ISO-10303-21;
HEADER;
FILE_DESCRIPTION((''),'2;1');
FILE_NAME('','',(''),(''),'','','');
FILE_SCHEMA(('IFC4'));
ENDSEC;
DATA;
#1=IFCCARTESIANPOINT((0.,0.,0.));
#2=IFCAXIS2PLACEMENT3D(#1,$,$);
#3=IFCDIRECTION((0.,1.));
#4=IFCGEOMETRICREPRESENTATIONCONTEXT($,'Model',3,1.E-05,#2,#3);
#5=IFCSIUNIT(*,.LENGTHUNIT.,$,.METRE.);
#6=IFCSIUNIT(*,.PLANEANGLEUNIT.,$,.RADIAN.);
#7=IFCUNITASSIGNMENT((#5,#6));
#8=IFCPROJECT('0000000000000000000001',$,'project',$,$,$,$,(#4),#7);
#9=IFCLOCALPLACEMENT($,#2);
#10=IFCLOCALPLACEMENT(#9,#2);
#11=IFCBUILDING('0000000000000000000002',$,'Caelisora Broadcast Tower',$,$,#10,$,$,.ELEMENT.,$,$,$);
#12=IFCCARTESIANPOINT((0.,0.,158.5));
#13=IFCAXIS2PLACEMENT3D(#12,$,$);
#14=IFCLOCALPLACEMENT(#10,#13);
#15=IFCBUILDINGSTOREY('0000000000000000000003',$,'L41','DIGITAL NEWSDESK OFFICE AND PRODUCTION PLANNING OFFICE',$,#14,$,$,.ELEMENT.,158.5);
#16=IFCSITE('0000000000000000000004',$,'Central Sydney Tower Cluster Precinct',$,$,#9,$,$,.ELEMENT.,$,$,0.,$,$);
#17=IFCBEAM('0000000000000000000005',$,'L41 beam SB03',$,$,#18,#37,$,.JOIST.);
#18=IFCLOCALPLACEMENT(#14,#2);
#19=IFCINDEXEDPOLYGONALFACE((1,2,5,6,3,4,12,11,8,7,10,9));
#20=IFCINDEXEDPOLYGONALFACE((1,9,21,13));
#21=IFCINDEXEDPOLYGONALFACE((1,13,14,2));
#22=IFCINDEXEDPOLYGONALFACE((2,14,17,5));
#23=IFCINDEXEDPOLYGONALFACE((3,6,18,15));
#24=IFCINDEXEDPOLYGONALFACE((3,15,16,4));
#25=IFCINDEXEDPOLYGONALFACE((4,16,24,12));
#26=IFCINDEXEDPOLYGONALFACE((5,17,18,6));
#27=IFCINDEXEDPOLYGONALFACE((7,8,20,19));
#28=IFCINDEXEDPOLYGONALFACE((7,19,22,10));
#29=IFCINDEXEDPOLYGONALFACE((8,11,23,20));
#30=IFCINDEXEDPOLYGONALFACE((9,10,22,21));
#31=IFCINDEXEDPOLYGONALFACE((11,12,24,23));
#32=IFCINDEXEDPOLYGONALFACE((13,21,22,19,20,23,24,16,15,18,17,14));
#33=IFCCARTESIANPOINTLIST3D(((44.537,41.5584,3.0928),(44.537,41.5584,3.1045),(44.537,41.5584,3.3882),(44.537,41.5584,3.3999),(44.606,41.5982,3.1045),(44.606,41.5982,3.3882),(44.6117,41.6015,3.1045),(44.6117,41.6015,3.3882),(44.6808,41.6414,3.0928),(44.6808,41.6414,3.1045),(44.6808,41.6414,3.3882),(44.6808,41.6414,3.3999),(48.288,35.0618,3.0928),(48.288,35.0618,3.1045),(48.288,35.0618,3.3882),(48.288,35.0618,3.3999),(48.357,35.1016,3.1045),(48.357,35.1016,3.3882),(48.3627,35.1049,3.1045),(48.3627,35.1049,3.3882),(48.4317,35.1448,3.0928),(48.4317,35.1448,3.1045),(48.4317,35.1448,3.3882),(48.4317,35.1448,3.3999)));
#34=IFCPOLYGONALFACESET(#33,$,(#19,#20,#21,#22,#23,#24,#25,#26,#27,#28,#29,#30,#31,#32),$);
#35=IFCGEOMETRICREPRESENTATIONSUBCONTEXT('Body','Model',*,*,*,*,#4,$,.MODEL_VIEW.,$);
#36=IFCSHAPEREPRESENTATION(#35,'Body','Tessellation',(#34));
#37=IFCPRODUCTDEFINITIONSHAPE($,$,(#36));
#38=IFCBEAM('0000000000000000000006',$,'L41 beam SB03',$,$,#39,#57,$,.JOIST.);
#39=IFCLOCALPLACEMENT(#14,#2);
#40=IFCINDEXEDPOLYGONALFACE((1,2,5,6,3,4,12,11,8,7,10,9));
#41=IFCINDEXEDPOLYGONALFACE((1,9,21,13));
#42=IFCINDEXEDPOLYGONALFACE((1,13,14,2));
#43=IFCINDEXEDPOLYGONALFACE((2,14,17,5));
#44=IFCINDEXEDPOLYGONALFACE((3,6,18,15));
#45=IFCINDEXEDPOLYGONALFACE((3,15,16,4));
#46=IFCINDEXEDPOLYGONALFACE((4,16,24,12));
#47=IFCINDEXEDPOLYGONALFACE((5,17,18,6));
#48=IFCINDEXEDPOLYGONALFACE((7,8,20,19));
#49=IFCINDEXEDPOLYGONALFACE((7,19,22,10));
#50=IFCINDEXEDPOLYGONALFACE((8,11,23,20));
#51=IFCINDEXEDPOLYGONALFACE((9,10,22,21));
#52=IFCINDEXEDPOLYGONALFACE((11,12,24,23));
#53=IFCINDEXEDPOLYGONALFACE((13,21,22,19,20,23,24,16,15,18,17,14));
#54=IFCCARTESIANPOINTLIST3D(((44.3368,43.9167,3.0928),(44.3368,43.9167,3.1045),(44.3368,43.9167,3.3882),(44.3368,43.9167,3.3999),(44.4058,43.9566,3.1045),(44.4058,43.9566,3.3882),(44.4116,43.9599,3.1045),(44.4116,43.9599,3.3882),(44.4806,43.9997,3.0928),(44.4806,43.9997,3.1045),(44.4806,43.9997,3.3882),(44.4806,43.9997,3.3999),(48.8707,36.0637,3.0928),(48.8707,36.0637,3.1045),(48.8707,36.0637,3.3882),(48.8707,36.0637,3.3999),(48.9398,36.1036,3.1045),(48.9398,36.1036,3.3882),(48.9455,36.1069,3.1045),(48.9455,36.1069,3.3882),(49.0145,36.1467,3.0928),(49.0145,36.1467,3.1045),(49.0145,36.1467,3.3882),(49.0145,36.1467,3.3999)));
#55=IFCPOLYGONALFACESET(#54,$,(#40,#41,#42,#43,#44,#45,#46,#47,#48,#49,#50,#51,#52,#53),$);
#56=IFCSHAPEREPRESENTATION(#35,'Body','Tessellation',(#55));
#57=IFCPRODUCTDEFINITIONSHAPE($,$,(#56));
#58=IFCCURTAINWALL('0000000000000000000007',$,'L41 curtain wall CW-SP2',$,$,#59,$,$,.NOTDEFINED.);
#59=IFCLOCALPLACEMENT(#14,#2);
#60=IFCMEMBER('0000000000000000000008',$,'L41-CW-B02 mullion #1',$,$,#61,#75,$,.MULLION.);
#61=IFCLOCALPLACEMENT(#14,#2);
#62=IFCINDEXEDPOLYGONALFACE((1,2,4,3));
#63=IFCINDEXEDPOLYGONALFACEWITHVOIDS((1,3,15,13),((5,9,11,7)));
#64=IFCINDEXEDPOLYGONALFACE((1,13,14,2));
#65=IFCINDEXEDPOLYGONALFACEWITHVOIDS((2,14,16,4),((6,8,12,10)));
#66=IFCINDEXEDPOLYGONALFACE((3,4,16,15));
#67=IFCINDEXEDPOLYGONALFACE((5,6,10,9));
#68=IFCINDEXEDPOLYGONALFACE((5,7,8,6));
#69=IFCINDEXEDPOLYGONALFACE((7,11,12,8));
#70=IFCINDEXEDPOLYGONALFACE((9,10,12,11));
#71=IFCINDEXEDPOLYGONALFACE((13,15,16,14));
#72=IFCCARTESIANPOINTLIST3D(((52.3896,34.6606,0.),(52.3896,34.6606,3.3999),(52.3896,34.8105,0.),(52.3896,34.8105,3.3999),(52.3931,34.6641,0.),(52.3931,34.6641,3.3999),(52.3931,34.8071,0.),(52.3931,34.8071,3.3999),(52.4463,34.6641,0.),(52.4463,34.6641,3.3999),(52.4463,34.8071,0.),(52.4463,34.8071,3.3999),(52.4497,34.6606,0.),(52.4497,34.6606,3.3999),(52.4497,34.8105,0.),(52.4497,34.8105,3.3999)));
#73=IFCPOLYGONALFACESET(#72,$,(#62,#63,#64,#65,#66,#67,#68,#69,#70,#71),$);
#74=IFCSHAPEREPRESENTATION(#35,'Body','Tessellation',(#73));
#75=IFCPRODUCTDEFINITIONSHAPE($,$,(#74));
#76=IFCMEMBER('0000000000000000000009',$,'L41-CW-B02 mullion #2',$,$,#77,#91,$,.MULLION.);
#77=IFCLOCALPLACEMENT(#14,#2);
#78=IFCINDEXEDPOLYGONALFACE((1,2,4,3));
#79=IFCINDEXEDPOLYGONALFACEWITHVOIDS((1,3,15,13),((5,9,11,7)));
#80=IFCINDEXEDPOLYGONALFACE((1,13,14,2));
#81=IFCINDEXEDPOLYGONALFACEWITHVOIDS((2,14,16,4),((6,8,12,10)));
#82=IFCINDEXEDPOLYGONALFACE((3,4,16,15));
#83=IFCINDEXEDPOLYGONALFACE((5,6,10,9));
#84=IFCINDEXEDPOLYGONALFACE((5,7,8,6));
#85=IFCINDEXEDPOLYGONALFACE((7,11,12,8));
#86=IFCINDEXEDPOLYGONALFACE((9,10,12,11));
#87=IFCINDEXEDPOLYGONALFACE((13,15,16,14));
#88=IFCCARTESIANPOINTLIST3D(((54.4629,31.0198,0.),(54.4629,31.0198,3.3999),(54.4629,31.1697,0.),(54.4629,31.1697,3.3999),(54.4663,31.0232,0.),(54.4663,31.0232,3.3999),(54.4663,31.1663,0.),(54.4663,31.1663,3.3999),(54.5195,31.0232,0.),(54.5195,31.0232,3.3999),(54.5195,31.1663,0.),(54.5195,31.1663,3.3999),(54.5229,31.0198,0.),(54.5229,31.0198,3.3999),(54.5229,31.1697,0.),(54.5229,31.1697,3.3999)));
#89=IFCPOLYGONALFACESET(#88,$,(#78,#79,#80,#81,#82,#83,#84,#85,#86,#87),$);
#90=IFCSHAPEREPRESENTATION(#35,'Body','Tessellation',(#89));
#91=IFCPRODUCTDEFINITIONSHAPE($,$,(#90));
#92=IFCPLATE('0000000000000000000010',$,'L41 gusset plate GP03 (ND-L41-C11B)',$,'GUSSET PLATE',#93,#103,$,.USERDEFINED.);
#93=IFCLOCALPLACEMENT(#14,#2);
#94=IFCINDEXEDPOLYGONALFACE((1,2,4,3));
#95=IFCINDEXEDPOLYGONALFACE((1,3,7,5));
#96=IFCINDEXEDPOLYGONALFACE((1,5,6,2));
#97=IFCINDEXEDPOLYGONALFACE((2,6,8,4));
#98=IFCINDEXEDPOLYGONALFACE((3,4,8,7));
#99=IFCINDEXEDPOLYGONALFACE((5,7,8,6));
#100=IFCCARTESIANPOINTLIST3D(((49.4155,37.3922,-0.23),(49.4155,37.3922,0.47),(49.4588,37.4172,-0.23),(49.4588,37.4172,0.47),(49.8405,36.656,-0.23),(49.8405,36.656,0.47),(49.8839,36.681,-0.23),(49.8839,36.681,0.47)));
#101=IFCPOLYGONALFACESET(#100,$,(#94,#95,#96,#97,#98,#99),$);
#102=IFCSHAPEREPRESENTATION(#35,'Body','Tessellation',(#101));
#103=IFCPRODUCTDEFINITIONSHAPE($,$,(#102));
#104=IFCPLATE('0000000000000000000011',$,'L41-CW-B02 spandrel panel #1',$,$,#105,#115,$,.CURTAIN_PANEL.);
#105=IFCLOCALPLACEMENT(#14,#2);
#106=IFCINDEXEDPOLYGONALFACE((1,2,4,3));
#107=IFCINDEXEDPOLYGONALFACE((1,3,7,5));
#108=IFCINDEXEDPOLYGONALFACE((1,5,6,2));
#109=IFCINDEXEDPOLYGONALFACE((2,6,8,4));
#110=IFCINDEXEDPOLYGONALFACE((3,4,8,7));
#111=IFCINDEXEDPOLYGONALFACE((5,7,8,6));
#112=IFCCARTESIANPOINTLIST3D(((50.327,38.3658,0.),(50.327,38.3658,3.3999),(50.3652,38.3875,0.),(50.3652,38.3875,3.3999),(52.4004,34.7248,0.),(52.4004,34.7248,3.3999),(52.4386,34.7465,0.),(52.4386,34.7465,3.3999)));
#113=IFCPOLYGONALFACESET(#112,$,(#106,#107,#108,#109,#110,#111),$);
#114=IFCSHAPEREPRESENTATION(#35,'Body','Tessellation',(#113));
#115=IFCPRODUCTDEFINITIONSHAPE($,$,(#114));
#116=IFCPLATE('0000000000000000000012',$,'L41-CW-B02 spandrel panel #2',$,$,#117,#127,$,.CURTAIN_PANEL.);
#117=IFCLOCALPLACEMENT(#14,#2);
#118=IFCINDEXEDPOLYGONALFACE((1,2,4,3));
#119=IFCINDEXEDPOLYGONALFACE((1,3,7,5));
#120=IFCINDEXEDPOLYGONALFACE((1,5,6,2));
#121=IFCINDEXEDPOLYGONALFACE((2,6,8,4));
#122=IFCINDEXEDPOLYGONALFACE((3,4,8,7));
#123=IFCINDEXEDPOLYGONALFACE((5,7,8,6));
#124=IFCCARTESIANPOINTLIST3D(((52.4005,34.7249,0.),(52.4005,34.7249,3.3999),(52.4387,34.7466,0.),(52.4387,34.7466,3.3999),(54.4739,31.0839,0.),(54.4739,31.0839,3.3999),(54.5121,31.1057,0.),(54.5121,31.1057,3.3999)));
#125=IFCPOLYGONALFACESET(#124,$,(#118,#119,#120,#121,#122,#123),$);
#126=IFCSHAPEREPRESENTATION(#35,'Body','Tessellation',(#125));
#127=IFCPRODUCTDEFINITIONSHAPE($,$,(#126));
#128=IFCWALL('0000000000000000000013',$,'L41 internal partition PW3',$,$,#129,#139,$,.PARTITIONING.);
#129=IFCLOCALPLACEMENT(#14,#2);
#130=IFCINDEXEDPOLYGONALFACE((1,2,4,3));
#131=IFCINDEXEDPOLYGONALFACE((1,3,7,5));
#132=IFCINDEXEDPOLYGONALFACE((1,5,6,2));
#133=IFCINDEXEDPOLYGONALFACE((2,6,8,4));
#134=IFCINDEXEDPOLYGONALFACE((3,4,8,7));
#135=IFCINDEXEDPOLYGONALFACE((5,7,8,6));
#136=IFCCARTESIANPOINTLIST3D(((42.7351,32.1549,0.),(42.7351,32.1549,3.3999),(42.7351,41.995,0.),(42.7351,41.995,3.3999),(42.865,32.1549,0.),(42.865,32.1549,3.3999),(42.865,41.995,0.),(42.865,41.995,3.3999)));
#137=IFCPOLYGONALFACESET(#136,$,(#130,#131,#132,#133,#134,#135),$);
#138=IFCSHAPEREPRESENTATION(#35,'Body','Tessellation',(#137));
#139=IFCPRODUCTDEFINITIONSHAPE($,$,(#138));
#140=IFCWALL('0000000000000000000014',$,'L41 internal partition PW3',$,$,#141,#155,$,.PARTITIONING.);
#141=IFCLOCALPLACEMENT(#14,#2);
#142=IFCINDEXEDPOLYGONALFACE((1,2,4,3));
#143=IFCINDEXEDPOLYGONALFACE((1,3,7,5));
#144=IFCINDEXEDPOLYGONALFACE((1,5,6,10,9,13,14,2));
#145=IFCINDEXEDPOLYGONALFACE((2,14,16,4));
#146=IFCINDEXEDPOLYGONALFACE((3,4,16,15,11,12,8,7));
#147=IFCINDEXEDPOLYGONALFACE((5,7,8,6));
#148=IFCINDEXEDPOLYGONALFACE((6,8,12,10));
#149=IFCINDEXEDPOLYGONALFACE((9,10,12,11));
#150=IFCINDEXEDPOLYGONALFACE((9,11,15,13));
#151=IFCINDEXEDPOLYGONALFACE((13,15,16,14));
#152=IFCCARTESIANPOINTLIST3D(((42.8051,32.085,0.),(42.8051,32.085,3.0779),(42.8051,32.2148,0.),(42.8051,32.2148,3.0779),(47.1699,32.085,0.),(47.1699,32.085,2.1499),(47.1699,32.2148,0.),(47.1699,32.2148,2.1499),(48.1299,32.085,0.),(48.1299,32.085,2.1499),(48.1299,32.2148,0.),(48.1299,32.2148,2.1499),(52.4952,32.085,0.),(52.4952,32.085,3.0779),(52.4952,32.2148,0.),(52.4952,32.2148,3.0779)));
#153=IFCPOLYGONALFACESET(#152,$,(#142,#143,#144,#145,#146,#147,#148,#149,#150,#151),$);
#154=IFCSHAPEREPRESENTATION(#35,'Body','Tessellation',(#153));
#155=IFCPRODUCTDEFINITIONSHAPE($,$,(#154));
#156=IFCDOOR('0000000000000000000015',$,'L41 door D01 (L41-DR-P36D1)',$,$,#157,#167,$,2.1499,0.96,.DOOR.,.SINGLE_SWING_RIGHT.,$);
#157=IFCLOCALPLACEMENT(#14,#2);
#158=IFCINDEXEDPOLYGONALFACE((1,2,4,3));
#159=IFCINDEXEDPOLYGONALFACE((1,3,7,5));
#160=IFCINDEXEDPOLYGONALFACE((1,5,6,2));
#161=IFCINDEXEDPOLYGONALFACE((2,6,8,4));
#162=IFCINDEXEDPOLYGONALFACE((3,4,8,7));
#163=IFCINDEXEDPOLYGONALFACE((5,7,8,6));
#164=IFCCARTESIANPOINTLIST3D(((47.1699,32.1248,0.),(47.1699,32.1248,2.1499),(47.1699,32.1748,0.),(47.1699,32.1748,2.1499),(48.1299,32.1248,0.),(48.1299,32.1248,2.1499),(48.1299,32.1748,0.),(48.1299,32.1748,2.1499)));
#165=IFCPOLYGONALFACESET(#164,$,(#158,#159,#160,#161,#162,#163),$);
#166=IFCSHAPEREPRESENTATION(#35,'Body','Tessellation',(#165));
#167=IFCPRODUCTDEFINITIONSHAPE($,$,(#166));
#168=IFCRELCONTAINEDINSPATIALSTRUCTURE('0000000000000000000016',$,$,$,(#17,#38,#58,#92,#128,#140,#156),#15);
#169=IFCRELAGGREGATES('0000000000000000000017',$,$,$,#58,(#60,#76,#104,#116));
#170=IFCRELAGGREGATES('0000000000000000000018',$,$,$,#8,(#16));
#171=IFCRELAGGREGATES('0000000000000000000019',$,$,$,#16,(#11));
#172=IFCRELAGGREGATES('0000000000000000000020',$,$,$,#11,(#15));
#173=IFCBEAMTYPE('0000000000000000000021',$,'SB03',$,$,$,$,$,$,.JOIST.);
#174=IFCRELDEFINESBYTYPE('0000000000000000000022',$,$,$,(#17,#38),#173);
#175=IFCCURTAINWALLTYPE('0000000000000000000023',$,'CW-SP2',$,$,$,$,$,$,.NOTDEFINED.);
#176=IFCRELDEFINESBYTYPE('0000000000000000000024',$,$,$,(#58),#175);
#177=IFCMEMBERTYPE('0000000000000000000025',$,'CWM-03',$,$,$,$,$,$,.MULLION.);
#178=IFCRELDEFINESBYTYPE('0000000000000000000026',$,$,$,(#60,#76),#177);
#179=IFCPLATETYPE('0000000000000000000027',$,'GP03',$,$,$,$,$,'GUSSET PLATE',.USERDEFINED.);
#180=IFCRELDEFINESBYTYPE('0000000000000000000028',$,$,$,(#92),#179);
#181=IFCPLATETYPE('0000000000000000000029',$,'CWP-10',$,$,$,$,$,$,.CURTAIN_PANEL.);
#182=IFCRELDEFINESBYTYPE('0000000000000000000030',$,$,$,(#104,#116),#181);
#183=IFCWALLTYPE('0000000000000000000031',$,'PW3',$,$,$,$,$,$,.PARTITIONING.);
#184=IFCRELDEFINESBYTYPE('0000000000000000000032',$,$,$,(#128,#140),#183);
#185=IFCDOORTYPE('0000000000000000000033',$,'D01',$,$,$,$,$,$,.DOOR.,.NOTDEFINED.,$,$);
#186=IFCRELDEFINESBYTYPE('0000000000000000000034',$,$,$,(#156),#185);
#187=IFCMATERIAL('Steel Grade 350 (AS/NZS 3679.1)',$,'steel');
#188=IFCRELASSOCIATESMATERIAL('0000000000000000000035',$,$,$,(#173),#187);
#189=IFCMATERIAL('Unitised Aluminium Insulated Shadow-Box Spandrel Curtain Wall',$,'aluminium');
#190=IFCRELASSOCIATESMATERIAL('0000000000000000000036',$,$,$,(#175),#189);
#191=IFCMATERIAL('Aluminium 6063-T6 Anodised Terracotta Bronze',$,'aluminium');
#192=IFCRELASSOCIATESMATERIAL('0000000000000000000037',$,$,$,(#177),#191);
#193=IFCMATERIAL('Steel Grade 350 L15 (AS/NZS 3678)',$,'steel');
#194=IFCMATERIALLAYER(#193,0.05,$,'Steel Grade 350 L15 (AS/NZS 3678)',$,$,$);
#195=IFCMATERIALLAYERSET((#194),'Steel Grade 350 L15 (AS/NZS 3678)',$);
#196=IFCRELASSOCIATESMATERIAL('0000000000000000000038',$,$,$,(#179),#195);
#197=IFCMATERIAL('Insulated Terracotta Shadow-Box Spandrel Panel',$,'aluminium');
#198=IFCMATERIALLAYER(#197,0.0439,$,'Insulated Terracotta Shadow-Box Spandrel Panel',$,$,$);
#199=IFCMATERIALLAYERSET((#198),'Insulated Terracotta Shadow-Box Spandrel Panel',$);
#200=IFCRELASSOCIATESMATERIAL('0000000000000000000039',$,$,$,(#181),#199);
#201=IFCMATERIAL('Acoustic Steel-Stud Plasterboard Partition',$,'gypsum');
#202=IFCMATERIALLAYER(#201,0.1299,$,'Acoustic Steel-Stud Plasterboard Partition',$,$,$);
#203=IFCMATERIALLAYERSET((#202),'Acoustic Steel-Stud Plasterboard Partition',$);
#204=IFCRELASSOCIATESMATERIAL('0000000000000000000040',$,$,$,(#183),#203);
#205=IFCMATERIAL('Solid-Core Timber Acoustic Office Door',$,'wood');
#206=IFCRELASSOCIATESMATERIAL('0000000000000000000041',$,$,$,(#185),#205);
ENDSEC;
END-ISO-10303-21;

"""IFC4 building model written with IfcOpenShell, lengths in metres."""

from ifc_helpers import new_model, si_unit, direction, frame, frame_2d, origin, origin_2d, place, context, subcontext, project, spatial, rectangle, hollow_rectangle, i_section, extrude, source, transform, mapped, material, layer, layer_set, material_profile, profile_set, type_object, type_shapes, element, fill, aggregate, save


model = new_model("IFC4")

# Units and contexts
model_context = context("Model", 3, precision=1e-05, world=origin(), true_north=direction((0.0, 1.0)))
body_context = subcontext(model_context, "Body", "Model", "MODEL_VIEW")
ifc_project = project(units=[si_unit("LENGTHUNIT", "METRE"), si_unit("PLANEANGLEUNIT", "RADIAN")], contexts=[model_context])

# Site, building, storey
site_placement = place(None, origin())
site = spatial("IfcSite", under=ifc_project, at=site_placement, Name="Central Sydney Tower Cluster Precinct", CompositionType="ELEMENT", RefElevation=0.0)
building_placement = place(site_placement, origin())
building = spatial("IfcBuilding", under=site, at=building_placement, Name="Caelisora Broadcast Tower", CompositionType="ELEMENT")
storey_placement = place(building_placement, frame((0.0, 0.0, 158.5)))
storey = spatial("IfcBuildingStorey", under=building, at=storey_placement, Name="L41", Description="DIGITAL NEWSDESK OFFICE AND PRODUCTION PLANNING OFFICE", CompositionType="ELEMENT", Elevation=158.5)

# Shared definitions
ifc_material_1 = material(Name="Steel Grade 350 L15 (AS/NZS 3678)", Category="steel")

# Beams
ifc_material_2 = material(Name="Steel Grade 350 (AS/NZS 3679.1)", Category="steel")
ifc_material_profile_1 = material_profile(ifc_material_2, i_section(OverallWidth=0.166, OverallDepth=0.3071, WebThickness=0.0066, FlangeThickness=0.0117, at=origin_2d()), Name="Steel Grade 350 (AS/NZS 3679.1)")
ifc_profile_set_1 = profile_set([ifc_material_profile_1], Name="Steel Grade 350 (AS/NZS 3679.1)")
beam_type_1 = type_object("IfcBeamType", Name="SB03", PredefinedType="JOIST", material=ifc_profile_set_1)
shared_shape_1 = source(origin(), body_context, "Body", "SweptSolid", [
    extrude(i_section(OverallWidth=0.166, OverallDepth=0.3071, WebThickness=0.0066, FlangeThickness=0.0117, at=origin_2d()), origin(), (0.0, 0.0, 1.0), 7.5017),
])
beam_1_placement = place(storey_placement, frame((48.3599, 35.1033, 3.2463), z_axis=(-0.500017, 0.866015, 0.0), x_axis=(-0.866015, -0.500017, 0.0)))
element("IfcBeam", 1, at=beam_1_placement, inside=storey, type_object=beam_type_1, Name="L41 beam SB03", PredefinedType="JOIST", context=body_context, shape_type="MappedRepresentation", body=[
    mapped(shared_shape_1, transform((0.0, 0.0, 0.0), scale=1.0)),
])
shared_shape_2 = source(origin(), body_context, "Body", "SweptSolid", [
    extrude(i_section(OverallWidth=0.166, OverallDepth=0.3071, WebThickness=0.0066, FlangeThickness=0.0117, at=origin_2d()), origin(), (0.0, 0.0, 1.0), 9.0679),
])
beam_2_placement = place(storey_placement, frame((48.9426, 36.1052, 3.2463), z_axis=(-0.499999, 0.866026, 0.0), x_axis=(-0.866026, -0.499999, 0.0)))
element("IfcBeam", 2, at=beam_2_placement, inside=storey, type_object=beam_type_1, Name="L41 beam SB03", PredefinedType="JOIST", context=body_context, shape_type="MappedRepresentation", body=[
    mapped(shared_shape_2, transform((0.0, 0.0, 0.0), scale=1.0)),
])

# Curtain wall, members
ifc_material_3 = material(Name="Unitised Aluminium Insulated Shadow-Box Spandrel Curtain Wall", Category="aluminium")
curtain_wall_type = type_object("IfcCurtainWallType", Name="CW-SP2", PredefinedType="NOTDEFINED", material=ifc_material_3)
curtain_wall_placement = place(storey_placement, origin())
curtain_wall = element("IfcCurtainWall", 3, at=curtain_wall_placement, inside=storey, type_object=curtain_wall_type, Name="L41 curtain wall CW-SP2", PredefinedType="NOTDEFINED")
ifc_material_4 = material(Name="Aluminium 6063-T6 Anodised Terracotta Bronze", Category="aluminium")
ifc_material_profile_2 = material_profile(ifc_material_4, hollow_rectangle(XDim=0.0601, YDim=0.1499, WallThickness=0.0034, at=origin_2d()), Name="Aluminium 6063-T6 Anodised Terracotta Bronze")
ifc_profile_set_2 = profile_set([ifc_material_profile_2], Name="Aluminium 6063-T6 Anodised Terracotta Bronze")
member_type = type_object("IfcMemberType", Name="CWM-03", PredefinedType="MULLION", material=ifc_profile_set_2)
shared_shape_3 = source(origin(), body_context, "Body", "SweptSolid", [
    extrude(hollow_rectangle(XDim=0.0601, YDim=0.1499, WallThickness=0.0034, at=origin_2d()), origin(), (0.0, 0.0, 1.0), 3.3999),
])
type_shapes(member_type, [shared_shape_3])
member_1_placement = place(storey_placement, frame((52.4197, 34.7356, 0.0), z_axis=(0.0, 0.0, 1.0), x_axis=(1.0, 0.0, 0.0)))
member_1 = element("IfcMember", 4, at=member_1_placement, type_object=member_type, Name="L41-CW-B02 mullion #1", PredefinedType="MULLION", context=body_context, shape_type="MappedRepresentation", body=[
    mapped(shared_shape_3, transform((0.0, 0.0, 0.0), scale=1.0)),
])
member_2_placement = place(storey_placement, frame((54.4929, 31.0947, 0.0), z_axis=(0.0, 0.0, 1.0), x_axis=(1.0, 0.0, 0.0)))
member_2 = element("IfcMember", 5, at=member_2_placement, type_object=member_type, Name="L41-CW-B02 mullion #2", PredefinedType="MULLION", context=body_context, shape_type="MappedRepresentation", body=[
    mapped(shared_shape_3, transform((0.0, 0.0, 0.0), scale=1.0)),
])

# Plates
ifc_layer_1 = layer(ifc_material_1, 0.05, Name="Steel Grade 350 L15 (AS/NZS 3678)")
ifc_layer_set_1 = layer_set([ifc_layer_1], Name="Steel Grade 350 L15 (AS/NZS 3678)")
plate_type_1 = type_object("IfcPlateType", Name="GP03", ElementType="GUSSET PLATE", PredefinedType="USERDEFINED", material=ifc_layer_set_1)
shared_shape_4 = source(origin(), body_context, "Body", "SweptSolid", [
    extrude(rectangle(XDim=0.8501, YDim=0.05, at=origin_2d()), origin(), (0.0, 0.0, 1.0), 0.7),
])
type_shapes(plate_type_1, [shared_shape_4])
plate_1_placement = place(storey_placement, frame((49.6497, 37.0366, -0.23), z_axis=(0.0, 0.0, 1.0), x_axis=(-0.5, 0.866025, 0.0)))
element("IfcPlate", 6, at=plate_1_placement, inside=storey, type_object=plate_type_1, Name="L41 gusset plate GP03 (ND-L41-C11B)", ObjectType="GUSSET PLATE", PredefinedType="USERDEFINED", context=body_context, shape_type="MappedRepresentation", body=[
    mapped(shared_shape_4, transform((0.0, 0.0, 0.0), scale=1.0)),
])
ifc_material_5 = material(Name="Insulated Terracotta Shadow-Box Spandrel Panel", Category="aluminium")
ifc_layer_2 = layer(ifc_material_5, 0.0439, Name="Insulated Terracotta Shadow-Box Spandrel Panel")
ifc_layer_set_2 = layer_set([ifc_layer_2], Name="Insulated Terracotta Shadow-Box Spandrel Panel")
plate_type_2 = type_object("IfcPlateType", Name="CWP-10", PredefinedType="CURTAIN_PANEL", material=ifc_layer_set_2)
shared_shape_5 = source(origin(), body_context, "Body", "SweptSolid", [
    extrude(rectangle(XDim=4.1899, YDim=0.0439, at=origin_2d()), origin(), (0.0, 0.0, 1.0), 3.3999),
])
type_shapes(plate_type_2, [shared_shape_5])
plate_2_placement = place(storey_placement, frame((51.3828, 36.5562, 0.0), z_axis=(0.0, 0.0, 1.0), x_axis=(0.494852, -0.868977, 0.0)))
plate_2 = element("IfcPlate", 7, at=plate_2_placement, type_object=plate_type_2, Name="L41-CW-B02 spandrel panel #1", PredefinedType="CURTAIN_PANEL", context=body_context, shape_type="MappedRepresentation", body=[
    mapped(shared_shape_5, transform((0.0, 0.0, 0.0), scale=1.0)),
])
plate_3_placement = place(storey_placement, frame((53.4563, 32.9153, 0.0), z_axis=(0.0, 0.0, 1.0), x_axis=(0.494852, -0.868977, 0.0)))
plate_3 = element("IfcPlate", 8, at=plate_3_placement, type_object=plate_type_2, Name="L41-CW-B02 spandrel panel #2", PredefinedType="CURTAIN_PANEL", context=body_context, shape_type="MappedRepresentation", body=[
    mapped(shared_shape_5, transform((0.0, 0.0, 0.0), scale=1.0)),
])
aggregate(curtain_wall, [member_1, member_2, plate_2, plate_3])

# Wall
ifc_material_6 = material(Name="Acoustic Steel-Stud Plasterboard Partition", Category="gypsum")
ifc_layer_3 = layer(ifc_material_6, 0.1299, Name="Acoustic Steel-Stud Plasterboard Partition")
ifc_layer_set_3 = layer_set([ifc_layer_3], Name="Acoustic Steel-Stud Plasterboard Partition")
wall_type = type_object("IfcWallType", Name="PW3", PredefinedType="PARTITIONING", material=ifc_layer_set_3)
wall_1_placement = place(storey_placement, frame((42.8, 32.155, 0.0), z_axis=(0.0, 0.0, 1.0), x_axis=(0.0, 1.0, 0.0)))
element("IfcWall", 9, at=wall_1_placement, inside=storey, type_object=wall_type, Name="L41 internal partition PW3", PredefinedType="PARTITIONING", context=body_context, shape_type="SweptSolid", body=[
    extrude(rectangle(XDim=9.8401, YDim=0.1299, at=frame_2d((4.9199, 0.0))), origin(), (0.0, 0.0, 1.0), 3.3999),
])

# Wall, opening, door
wall_2_placement = place(storey_placement, frame((42.8049, 32.1499, 0.0), z_axis=(0.0, 0.0, 1.0), x_axis=(1.0, 0.0, 0.0)))
wall_2 = element("IfcWall", 10, at=wall_2_placement, inside=storey, type_object=wall_type, Name="L41 internal partition PW3", PredefinedType="PARTITIONING", context=body_context, shape_type="SweptSolid", body=[
    extrude(rectangle(XDim=9.6902, YDim=0.1299, at=frame_2d((4.8452, 0.0))), origin(), (0.0, 0.0, 1.0), 3.0779),
])
opening_placement = place(wall_2_placement, frame((4.365, 0.0, 0.0)))
opening = element("IfcOpeningElement", 11, at=opening_placement, cuts=wall_2, PredefinedType="OPENING", context=body_context, shape_type="SweptSolid", body=[
    extrude(rectangle(XDim=0.96, YDim=2.1499, at=frame_2d((0.48, 1.075))), frame((0.0, 0.0769, 0.0), z_axis=(0.0, -1.0, 0.0), x_axis=(1.0, 0.0, 0.0)), (0.0, 0.0, 1.0), 0.1538),
])
ifc_material_7 = material(Name="Solid-Core Timber Acoustic Office Door", Category="wood")
door_type = type_object("IfcDoorType", Name="D01", OperationType="NOTDEFINED", PredefinedType="DOOR", material=ifc_material_7)
door_placement = place(opening_placement, origin())
door = element("IfcDoor", 12, at=door_placement, inside=storey, type_object=door_type, Name="L41 door D01 (L41-DR-P36D1)", OperationType="SINGLE_SWING_RIGHT", OverallHeight=2.1499, OverallWidth=0.96, PredefinedType="DOOR", context=body_context, shape_type="SweptSolid", body=[
    extrude(rectangle(XDim=0.96, YDim=2.1499, at=frame_2d((0.48, 1.075))), frame((0.0, 0.0249, 0.0), z_axis=(0.0, -1.0, 0.0), x_axis=(1.0, 0.0, 0.0)), (0.0, 0.0, 1.0), 0.05),
])
fill(opening, door)

save(model, "model.ifc")
